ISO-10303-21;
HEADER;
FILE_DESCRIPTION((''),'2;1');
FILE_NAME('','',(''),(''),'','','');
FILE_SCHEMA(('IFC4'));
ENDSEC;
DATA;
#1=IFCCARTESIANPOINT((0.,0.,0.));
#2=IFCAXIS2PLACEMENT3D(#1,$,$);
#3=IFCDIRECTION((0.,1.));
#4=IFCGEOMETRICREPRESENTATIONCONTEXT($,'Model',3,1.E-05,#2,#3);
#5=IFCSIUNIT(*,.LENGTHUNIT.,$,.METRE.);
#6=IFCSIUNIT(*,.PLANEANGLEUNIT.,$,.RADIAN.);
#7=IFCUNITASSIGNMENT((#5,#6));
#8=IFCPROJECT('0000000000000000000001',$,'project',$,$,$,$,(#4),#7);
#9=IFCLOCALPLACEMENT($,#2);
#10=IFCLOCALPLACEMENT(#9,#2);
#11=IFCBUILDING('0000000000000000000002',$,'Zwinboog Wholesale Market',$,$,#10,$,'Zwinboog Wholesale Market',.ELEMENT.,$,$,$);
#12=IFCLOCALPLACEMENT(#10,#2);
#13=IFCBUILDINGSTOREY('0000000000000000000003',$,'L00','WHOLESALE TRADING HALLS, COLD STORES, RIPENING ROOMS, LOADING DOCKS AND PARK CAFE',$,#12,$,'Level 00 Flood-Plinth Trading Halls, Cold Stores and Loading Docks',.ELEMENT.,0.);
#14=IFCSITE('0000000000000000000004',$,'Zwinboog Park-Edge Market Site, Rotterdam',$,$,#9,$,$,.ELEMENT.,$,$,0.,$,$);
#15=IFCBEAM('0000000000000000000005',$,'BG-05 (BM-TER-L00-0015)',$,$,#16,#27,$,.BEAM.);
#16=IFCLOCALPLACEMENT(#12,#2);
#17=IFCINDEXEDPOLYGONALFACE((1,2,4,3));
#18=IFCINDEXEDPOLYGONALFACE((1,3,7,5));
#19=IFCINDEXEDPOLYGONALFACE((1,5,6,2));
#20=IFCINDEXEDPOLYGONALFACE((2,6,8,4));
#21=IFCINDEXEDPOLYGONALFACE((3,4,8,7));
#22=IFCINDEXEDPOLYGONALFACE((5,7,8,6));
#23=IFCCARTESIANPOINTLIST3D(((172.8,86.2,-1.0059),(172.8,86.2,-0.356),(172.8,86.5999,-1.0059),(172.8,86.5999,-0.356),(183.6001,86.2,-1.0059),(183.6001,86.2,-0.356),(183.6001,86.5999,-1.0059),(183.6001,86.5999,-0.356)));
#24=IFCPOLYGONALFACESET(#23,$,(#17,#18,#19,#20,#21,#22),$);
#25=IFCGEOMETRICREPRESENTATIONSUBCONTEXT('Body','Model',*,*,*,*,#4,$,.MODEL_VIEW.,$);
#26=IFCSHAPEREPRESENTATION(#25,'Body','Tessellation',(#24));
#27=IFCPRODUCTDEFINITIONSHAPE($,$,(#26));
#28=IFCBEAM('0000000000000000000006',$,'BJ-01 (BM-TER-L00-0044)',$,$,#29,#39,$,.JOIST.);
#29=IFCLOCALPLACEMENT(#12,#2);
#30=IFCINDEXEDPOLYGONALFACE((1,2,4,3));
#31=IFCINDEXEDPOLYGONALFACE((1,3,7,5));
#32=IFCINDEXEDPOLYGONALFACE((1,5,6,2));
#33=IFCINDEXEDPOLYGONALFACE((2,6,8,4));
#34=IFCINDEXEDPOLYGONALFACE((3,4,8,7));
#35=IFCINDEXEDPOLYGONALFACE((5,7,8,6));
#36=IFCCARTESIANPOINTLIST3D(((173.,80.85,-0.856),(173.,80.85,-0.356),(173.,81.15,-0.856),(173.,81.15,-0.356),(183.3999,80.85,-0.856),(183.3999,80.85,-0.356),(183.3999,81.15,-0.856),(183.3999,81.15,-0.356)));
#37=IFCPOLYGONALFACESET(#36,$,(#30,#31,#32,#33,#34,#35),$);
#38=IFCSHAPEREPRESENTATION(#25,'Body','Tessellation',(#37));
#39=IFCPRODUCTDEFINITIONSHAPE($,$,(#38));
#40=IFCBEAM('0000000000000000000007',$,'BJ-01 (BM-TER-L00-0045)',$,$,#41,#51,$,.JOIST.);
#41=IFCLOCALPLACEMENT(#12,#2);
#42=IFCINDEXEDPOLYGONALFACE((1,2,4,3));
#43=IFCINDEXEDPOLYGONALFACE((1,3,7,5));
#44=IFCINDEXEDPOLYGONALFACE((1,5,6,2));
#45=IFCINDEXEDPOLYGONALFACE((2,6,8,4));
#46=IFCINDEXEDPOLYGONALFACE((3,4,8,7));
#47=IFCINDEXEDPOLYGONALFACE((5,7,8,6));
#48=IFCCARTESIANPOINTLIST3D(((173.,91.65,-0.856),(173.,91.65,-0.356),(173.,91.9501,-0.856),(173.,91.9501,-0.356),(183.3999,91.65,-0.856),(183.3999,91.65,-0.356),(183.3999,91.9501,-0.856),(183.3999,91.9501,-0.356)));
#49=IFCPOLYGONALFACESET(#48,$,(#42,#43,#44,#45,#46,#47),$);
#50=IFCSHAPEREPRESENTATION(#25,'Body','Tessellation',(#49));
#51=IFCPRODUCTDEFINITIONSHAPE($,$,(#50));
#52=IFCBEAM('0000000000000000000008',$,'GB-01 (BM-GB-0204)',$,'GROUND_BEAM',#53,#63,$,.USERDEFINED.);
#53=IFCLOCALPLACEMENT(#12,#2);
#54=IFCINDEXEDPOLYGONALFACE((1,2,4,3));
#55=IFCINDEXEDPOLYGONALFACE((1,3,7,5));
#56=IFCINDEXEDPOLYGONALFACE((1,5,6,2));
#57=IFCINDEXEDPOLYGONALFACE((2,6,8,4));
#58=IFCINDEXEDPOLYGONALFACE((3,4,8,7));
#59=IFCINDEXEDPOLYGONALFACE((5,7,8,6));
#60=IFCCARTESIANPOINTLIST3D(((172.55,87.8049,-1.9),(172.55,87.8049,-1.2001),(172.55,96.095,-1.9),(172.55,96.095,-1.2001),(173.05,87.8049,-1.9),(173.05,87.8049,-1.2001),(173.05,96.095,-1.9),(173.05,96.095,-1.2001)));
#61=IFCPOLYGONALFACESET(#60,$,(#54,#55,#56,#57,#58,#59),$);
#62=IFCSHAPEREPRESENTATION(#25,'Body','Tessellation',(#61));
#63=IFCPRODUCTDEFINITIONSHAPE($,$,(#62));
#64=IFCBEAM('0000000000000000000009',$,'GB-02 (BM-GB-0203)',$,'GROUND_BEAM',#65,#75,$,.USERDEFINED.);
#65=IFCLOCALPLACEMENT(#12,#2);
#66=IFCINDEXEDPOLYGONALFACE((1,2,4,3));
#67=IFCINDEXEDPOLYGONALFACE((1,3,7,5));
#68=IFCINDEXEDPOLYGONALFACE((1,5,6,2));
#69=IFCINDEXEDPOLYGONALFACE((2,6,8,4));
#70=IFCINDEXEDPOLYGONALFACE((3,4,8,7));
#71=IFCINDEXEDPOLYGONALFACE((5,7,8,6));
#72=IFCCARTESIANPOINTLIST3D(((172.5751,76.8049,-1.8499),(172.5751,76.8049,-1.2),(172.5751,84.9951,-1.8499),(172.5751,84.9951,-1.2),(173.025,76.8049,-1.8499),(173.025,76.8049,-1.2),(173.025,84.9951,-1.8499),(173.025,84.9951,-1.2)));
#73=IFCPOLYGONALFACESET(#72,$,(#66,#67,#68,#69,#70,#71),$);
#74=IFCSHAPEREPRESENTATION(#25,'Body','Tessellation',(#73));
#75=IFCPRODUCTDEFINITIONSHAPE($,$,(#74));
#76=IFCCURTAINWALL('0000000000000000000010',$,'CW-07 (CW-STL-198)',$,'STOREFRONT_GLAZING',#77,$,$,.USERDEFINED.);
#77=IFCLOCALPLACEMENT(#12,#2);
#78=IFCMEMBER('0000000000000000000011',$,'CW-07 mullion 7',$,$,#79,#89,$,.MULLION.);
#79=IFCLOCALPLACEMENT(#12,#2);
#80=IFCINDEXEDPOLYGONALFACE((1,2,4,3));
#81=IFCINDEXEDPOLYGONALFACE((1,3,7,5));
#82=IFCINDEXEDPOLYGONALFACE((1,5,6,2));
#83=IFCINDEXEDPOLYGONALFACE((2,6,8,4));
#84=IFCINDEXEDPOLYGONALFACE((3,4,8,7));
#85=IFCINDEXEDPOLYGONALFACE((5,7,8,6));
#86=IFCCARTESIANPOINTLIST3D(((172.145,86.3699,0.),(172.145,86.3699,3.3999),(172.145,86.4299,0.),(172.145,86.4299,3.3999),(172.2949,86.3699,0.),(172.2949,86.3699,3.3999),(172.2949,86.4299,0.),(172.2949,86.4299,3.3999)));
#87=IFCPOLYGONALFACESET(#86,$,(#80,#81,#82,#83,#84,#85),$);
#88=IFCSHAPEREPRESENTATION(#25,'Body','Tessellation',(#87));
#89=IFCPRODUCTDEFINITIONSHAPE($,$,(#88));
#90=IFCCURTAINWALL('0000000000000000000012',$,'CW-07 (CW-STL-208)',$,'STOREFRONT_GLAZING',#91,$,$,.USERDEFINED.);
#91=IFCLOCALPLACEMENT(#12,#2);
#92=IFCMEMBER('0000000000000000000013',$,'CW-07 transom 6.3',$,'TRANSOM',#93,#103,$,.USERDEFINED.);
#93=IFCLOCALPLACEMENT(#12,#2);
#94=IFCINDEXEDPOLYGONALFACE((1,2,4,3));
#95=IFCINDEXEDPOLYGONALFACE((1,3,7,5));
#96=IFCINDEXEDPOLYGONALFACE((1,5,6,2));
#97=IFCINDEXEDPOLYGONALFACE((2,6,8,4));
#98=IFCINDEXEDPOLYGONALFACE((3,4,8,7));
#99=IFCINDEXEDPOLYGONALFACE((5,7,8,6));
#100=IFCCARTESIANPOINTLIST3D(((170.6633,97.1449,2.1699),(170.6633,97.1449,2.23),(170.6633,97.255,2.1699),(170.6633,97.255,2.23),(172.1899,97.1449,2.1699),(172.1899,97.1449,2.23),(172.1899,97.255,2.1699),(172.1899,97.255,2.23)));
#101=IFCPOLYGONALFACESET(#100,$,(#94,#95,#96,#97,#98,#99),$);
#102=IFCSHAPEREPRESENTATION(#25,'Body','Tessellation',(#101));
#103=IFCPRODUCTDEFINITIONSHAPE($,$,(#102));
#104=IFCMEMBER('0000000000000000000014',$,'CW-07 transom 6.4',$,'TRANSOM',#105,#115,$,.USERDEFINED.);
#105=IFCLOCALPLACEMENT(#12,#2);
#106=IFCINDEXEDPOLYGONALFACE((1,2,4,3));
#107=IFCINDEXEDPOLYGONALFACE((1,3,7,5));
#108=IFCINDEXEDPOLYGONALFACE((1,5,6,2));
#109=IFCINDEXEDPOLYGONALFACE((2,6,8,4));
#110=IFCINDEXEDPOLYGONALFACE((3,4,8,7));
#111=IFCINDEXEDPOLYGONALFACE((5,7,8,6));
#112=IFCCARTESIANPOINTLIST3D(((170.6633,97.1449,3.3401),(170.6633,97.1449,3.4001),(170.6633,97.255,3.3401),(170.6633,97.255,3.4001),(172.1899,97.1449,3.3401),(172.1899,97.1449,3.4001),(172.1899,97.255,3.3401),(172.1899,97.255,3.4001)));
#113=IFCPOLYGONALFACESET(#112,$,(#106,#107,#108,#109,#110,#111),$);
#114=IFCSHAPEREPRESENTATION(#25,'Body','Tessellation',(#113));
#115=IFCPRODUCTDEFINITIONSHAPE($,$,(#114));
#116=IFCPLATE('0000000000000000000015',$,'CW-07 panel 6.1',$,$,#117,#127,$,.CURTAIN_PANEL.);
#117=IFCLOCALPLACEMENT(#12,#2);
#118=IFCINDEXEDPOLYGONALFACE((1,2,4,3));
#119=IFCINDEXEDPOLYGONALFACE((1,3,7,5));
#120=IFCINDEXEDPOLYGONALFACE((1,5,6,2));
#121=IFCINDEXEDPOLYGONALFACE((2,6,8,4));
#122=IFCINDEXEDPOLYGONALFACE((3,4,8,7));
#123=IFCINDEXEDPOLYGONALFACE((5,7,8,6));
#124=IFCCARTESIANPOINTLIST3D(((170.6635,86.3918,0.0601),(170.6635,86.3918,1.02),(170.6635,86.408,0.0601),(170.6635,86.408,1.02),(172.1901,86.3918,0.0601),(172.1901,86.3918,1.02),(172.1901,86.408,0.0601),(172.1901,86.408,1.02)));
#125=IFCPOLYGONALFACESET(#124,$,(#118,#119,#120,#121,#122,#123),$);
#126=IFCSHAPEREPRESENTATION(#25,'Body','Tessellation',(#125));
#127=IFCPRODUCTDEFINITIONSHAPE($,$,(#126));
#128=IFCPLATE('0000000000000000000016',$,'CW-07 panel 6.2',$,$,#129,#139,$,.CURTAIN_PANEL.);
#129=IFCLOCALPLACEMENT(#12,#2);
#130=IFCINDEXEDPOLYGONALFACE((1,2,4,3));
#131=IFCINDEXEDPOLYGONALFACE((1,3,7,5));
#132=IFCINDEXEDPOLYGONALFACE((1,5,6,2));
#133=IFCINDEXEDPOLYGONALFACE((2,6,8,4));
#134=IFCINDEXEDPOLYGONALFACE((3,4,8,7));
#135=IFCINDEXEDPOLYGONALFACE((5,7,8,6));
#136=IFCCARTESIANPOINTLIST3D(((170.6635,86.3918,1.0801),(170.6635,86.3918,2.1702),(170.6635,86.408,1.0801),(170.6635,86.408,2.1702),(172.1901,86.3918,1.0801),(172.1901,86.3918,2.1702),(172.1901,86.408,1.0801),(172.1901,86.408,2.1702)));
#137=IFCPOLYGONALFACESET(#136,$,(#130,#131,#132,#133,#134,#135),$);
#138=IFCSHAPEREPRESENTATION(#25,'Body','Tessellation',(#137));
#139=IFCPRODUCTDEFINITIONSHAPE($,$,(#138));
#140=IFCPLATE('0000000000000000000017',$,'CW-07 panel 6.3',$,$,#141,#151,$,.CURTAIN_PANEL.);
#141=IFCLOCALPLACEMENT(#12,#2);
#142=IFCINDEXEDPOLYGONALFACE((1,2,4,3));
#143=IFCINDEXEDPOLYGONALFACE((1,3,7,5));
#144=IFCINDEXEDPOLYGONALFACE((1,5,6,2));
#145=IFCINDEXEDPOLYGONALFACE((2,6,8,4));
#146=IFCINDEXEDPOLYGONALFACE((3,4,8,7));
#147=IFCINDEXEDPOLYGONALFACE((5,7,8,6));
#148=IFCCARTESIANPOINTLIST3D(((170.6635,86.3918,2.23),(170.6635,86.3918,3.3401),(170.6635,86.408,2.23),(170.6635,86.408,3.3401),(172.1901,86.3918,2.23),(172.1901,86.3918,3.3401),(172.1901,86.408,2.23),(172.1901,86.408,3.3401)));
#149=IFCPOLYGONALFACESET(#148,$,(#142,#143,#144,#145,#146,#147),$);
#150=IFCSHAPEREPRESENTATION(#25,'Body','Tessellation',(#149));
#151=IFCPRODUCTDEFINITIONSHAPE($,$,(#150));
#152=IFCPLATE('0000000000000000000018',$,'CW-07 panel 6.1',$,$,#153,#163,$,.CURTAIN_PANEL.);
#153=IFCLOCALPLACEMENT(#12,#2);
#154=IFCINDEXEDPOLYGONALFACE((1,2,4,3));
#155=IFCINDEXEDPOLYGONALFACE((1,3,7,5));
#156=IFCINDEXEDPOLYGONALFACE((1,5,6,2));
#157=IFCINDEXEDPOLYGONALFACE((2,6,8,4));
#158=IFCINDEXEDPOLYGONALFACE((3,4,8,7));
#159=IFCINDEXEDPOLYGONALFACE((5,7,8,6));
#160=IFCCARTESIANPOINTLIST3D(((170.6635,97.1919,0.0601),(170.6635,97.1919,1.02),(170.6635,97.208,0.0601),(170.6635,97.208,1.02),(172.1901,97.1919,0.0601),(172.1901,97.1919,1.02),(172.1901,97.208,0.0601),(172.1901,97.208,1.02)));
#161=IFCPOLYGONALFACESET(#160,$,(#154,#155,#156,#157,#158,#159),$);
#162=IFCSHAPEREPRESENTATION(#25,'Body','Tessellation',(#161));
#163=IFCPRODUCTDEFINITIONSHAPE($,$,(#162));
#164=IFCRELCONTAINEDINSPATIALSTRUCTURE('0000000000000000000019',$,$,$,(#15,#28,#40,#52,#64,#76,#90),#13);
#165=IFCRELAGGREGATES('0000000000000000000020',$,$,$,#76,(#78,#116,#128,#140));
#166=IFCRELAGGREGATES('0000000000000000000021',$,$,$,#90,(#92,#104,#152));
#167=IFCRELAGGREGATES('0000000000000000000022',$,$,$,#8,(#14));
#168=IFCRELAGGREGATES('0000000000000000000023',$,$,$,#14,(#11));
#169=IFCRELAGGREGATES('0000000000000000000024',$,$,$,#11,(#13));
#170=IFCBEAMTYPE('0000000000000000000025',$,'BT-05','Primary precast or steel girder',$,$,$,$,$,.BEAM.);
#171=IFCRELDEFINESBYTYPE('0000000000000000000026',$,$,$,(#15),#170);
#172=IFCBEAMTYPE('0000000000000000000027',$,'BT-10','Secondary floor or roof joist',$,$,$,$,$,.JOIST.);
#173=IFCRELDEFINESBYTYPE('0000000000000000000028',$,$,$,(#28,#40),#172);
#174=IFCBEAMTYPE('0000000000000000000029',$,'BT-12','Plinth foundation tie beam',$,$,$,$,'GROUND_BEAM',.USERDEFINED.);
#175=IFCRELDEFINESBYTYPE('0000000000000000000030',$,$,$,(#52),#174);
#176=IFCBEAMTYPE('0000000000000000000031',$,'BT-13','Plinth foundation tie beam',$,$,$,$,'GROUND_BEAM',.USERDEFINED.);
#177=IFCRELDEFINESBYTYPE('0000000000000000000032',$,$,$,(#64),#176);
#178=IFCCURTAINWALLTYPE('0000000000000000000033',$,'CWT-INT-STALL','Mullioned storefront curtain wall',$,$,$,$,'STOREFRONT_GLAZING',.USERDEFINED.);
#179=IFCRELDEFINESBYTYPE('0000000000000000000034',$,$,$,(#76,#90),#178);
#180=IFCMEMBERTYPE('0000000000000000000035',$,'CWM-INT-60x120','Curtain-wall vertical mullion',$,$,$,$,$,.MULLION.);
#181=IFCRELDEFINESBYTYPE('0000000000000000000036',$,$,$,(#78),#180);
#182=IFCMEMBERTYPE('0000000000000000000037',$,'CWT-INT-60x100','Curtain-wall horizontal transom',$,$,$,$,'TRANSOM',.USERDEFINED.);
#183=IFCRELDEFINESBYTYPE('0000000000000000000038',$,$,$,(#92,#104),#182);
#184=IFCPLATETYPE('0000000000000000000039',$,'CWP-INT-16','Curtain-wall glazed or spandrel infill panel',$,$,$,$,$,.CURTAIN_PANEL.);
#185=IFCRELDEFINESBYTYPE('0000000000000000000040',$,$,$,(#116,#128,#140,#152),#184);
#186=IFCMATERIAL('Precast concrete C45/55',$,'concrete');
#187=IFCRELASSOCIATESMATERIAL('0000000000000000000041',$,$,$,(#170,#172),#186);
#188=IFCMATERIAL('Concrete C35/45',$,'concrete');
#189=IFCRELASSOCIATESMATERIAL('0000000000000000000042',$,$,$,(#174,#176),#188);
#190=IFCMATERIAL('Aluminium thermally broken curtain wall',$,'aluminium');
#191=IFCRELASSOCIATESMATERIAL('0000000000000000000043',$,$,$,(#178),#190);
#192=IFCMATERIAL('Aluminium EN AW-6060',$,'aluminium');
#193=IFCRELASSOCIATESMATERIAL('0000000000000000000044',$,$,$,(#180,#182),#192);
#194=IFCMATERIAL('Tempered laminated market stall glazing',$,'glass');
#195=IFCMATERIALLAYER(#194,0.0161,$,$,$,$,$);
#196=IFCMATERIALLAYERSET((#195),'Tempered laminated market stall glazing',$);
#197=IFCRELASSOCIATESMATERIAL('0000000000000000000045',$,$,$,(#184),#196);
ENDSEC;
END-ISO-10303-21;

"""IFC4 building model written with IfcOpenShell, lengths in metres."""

from ifc_helpers import new_model, si_unit, direction, frame, origin, origin_2d, place, context, subcontext, project, spatial, rectangle, extrude, material, layer, layer_set, material_profile, profile_set, type_object, element, aggregate, save


model = new_model("IFC4")

# Units and contexts
model_context = context("Model", 3, precision=1e-05, world=origin(), true_north=direction((0.0, 1.0)))
body_context = subcontext(model_context, "Body", "Model", "MODEL_VIEW")
ifc_project = project(units=[si_unit("LENGTHUNIT", "METRE"), si_unit("PLANEANGLEUNIT", "RADIAN")], contexts=[model_context])

# Site, building, storey
site_placement = place(None, origin())
site = spatial("IfcSite", under=ifc_project, at=site_placement, Name="Zwinboog Park-Edge Market Site, Rotterdam", CompositionType="ELEMENT", RefElevation=0.0)
building_placement = place(site_placement, origin())
building = spatial("IfcBuilding", under=site, at=building_placement, Name="Zwinboog Wholesale Market", LongName="Zwinboog Wholesale Market", CompositionType="ELEMENT")
storey_placement = place(building_placement, origin())
storey = spatial("IfcBuildingStorey", under=building, at=storey_placement, Name="L00", Description="WHOLESALE TRADING HALLS, COLD STORES, RIPENING ROOMS, LOADING DOCKS AND PARK CAFE", LongName="Level 00 Flood-Plinth Trading Halls, Cold Stores and Loading Docks", CompositionType="ELEMENT", Elevation=0.0)

# Shared definitions
ifc_material_1 = material(Name="Concrete C35/45", Category="concrete")

# Shared definitions
ifc_material_2 = material(Name="Precast concrete C45/55", Category="concrete")

# Beams
ifc_material_profile_1 = material_profile(ifc_material_2, rectangle(XDim=0.3999, YDim=0.6499, at=origin_2d()), Name="PC 400x650")
ifc_profile_set_1 = profile_set([ifc_material_profile_1], Name="Precast concrete C45/55")
beam_type_1 = type_object("IfcBeamType", Name="BT-05", Description="Primary precast or steel girder", PredefinedType="BEAM", material=ifc_profile_set_1)
for number, where, z_axis, x_axis, name in (
    (1, (172.8, 86.3999, -0.6809), (1.0, 0.0, 0.0), (0.0, 1.0, 0.0), "BG-05 (BM-TER-L00-0015)"),
):
    element("IfcBeam", number, at=place(storey_placement, frame(where, z_axis=z_axis, x_axis=x_axis)), inside=storey, type_object=beam_type_1, Name=name, PredefinedType="BEAM", context=body_context, shape_type="SweptSolid", body=[
        extrude(rectangle(XDim=0.3999, YDim=0.6499, at=origin_2d()), origin(), (0.0, 0.0, 1.0), 10.8),
    ])
ifc_material_profile_2 = material_profile(ifc_material_2, rectangle(XDim=0.3, YDim=0.5, at=origin_2d()), Name="PC 300x500")
ifc_profile_set_2 = profile_set([ifc_material_profile_2], Name="Precast concrete C45/55")
beam_type_2 = type_object("IfcBeamType", Name="BT-10", Description="Secondary floor or roof joist", PredefinedType="JOIST", material=ifc_profile_set_2)
for number, where, z_axis, x_axis, name in (
    (2, (173.0, 81.0, -0.606), (1.0, 0.0, 0.0), (0.0, 1.0, 0.0), "BJ-01 (BM-TER-L00-0044)"),
    (3, (173.0, 91.8, -0.606), (1.0, 0.0, 0.0), (0.0, 1.0, 0.0), "BJ-01 (BM-TER-L00-0045)"),
):
    element("IfcBeam", number, at=place(storey_placement, frame(where, z_axis=z_axis, x_axis=x_axis)), inside=storey, type_object=beam_type_2, Name=name, PredefinedType="JOIST", context=body_context, shape_type="SweptSolid", body=[
        extrude(rectangle(XDim=0.3, YDim=0.5, at=origin_2d()), origin(), (0.0, 0.0, 1.0), 10.3999),
    ])
ifc_material_profile_3 = material_profile(ifc_material_1, rectangle(XDim=0.5, YDim=0.7, at=origin_2d()), Name="RC 500x700")
ifc_profile_set_3 = profile_set([ifc_material_profile_3], Name="Concrete C35/45")
beam_type_3 = type_object("IfcBeamType", Name="BT-12", Description="Plinth foundation tie beam", ElementType="GROUND_BEAM", PredefinedType="USERDEFINED", material=ifc_profile_set_3)
beam_1_placement = place(storey_placement, frame((172.8, 87.8049, -1.55), z_axis=(0.0, 1.0, 0.0), x_axis=(-1.0, 0.0, 0.0)))
element("IfcBeam", 4, at=beam_1_placement, inside=storey, type_object=beam_type_3, Name="GB-01 (BM-GB-0204)", ObjectType="GROUND_BEAM", PredefinedType="USERDEFINED", context=body_context, shape_type="SweptSolid", body=[
    extrude(rectangle(XDim=0.5, YDim=0.7, at=origin_2d()), origin(), (0.0, 0.0, 1.0), 8.29),
])
ifc_material_profile_4 = material_profile(ifc_material_1, rectangle(XDim=0.45, YDim=0.6499, at=origin_2d()), Name="RC 450x650")
ifc_profile_set_4 = profile_set([ifc_material_profile_4], Name="Concrete C35/45")
beam_type_4 = type_object("IfcBeamType", Name="BT-13", Description="Plinth foundation tie beam", ElementType="GROUND_BEAM", PredefinedType="USERDEFINED", material=ifc_profile_set_4)
beam_2_placement = place(storey_placement, frame((172.8, 76.8049, -1.5249), z_axis=(0.0, 1.0, 0.0), x_axis=(-1.0, 0.0, 0.0)))
element("IfcBeam", 5, at=beam_2_placement, inside=storey, type_object=beam_type_4, Name="GB-02 (BM-GB-0203)", ObjectType="GROUND_BEAM", PredefinedType="USERDEFINED", context=body_context, shape_type="SweptSolid", body=[
    extrude(rectangle(XDim=0.45, YDim=0.6499, at=origin_2d()), origin(), (0.0, 0.0, 1.0), 8.1902),
])

# Curtain wall, member
ifc_material_3 = material(Name="Aluminium thermally broken curtain wall", Category="aluminium")
curtain_wall_type = type_object("IfcCurtainWallType", Name="CWT-INT-STALL", Description="Mullioned storefront curtain wall", ElementType="STOREFRONT_GLAZING", PredefinedType="USERDEFINED", material=ifc_material_3)
curtain_wall_1_placement = place(storey_placement, origin())
curtain_wall_1 = element("IfcCurtainWall", 6, at=curtain_wall_1_placement, inside=storey, type_object=curtain_wall_type, Name="CW-07 (CW-STL-198)", ObjectType="STOREFRONT_GLAZING", PredefinedType="USERDEFINED")
ifc_material_4 = material(Name="Aluminium EN AW-6060", Category="aluminium")
ifc_material_profile_5 = material_profile(ifc_material_4, rectangle(XDim=0.0601, YDim=0.1499, at=origin_2d()), Name="AL 60x150")
ifc_profile_set_5 = profile_set([ifc_material_profile_5], Name="Aluminium EN AW-6060")
member_type_1 = type_object("IfcMemberType", Name="CWM-INT-60x120", Description="Curtain-wall vertical mullion", PredefinedType="MULLION", material=ifc_profile_set_5)
member_1_placement = place(storey_placement, frame((172.22, 86.3999, 0.0), z_axis=(0.0, 0.0, 1.0), x_axis=(0.0, 1.0, 0.0)))
member_1 = element("IfcMember", 7, at=member_1_placement, type_object=member_type_1, Name="CW-07 mullion 7", PredefinedType="MULLION", context=body_context, shape_type="SweptSolid", body=[
    extrude(rectangle(XDim=0.0601, YDim=0.1499, at=origin_2d()), origin(), (0.0, 0.0, 1.0), 3.3999),
])

# Curtain wall, members
curtain_wall_2_placement = place(storey_placement, origin())
curtain_wall_2 = element("IfcCurtainWall", 8, at=curtain_wall_2_placement, inside=storey, type_object=curtain_wall_type, Name="CW-07 (CW-STL-208)", ObjectType="STOREFRONT_GLAZING", PredefinedType="USERDEFINED")
ifc_material_profile_6 = material_profile(ifc_material_4, rectangle(XDim=0.1101, YDim=0.0601, at=origin_2d()), Name="AL 60x110")
ifc_profile_set_6 = profile_set([ifc_material_profile_6], Name="Aluminium EN AW-6060")
member_type_2 = type_object("IfcMemberType", Name="CWT-INT-60x100", Description="Curtain-wall horizontal transom", ElementType="TRANSOM", PredefinedType="USERDEFINED", material=ifc_profile_set_6)
member_2_placement = place(storey_placement, frame((170.6633, 97.2, 2.2), z_axis=(1.0, 0.0, 0.0), x_axis=(0.0, 1.0, 0.0)))
member_2 = element("IfcMember", 9, at=member_2_placement, type_object=member_type_2, Name="CW-07 transom 6.3", ObjectType="TRANSOM", PredefinedType="USERDEFINED", context=body_context, shape_type="SweptSolid", body=[
    extrude(rectangle(XDim=0.1101, YDim=0.0601, at=origin_2d()), origin(), (0.0, 0.0, 1.0), 1.5266),
])
member_3_placement = place(storey_placement, frame((170.6633, 97.2, 3.3701), z_axis=(1.0, 0.0, 0.0), x_axis=(0.0, 1.0, 0.0)))
member_3 = element("IfcMember", 10, at=member_3_placement, type_object=member_type_2, Name="CW-07 transom 6.4", ObjectType="TRANSOM", PredefinedType="USERDEFINED", context=body_context, shape_type="SweptSolid", body=[
    extrude(rectangle(XDim=0.1101, YDim=0.0601, at=origin_2d()), origin(), (0.0, 0.0, 1.0), 1.5266),
])

# Plates
ifc_material_5 = material(Name="Tempered laminated market stall glazing", Category="glass")
ifc_layer_1 = layer(ifc_material_5, 0.0161)
ifc_layer_set_1 = layer_set([ifc_layer_1], Name="Tempered laminated market stall glazing")
plate_type = type_object("IfcPlateType", Name="CWP-INT-16", Description="Curtain-wall glazed or spandrel infill panel", PredefinedType="CURTAIN_PANEL", material=ifc_layer_set_1)
plate_1_placement = place(storey_placement, frame((171.4268, 86.3999, 0.0601), z_axis=(0.0, 0.0, 1.0), x_axis=(1.0, 0.0, 0.0)))
plate_1 = element("IfcPlate", 11, at=plate_1_placement, type_object=plate_type, Name="CW-07 panel 6.1", PredefinedType="CURTAIN_PANEL", context=body_context, shape_type="SweptSolid", body=[
    extrude(rectangle(XDim=1.5266, YDim=0.0161, at=origin_2d()), origin(), (0.0, 0.0, 1.0), 0.96),
])
plate_2_placement = place(storey_placement, frame((171.4268, 86.3999, 1.0801), z_axis=(0.0, 0.0, 1.0), x_axis=(1.0, 0.0, 0.0)))
plate_2 = element("IfcPlate", 12, at=plate_2_placement, type_object=plate_type, Name="CW-07 panel 6.2", PredefinedType="CURTAIN_PANEL", context=body_context, shape_type="SweptSolid", body=[
    extrude(rectangle(XDim=1.5266, YDim=0.0161, at=origin_2d()), origin(), (0.0, 0.0, 1.0), 1.0901),
])
plate_3_placement = place(storey_placement, frame((171.4268, 86.3999, 2.23), z_axis=(0.0, 0.0, 1.0), x_axis=(1.0, 0.0, 0.0)))
plate_3 = element("IfcPlate", 13, at=plate_3_placement, type_object=plate_type, Name="CW-07 panel 6.3", PredefinedType="CURTAIN_PANEL", context=body_context, shape_type="SweptSolid", body=[
    extrude(rectangle(XDim=1.5266, YDim=0.0161, at=origin_2d()), origin(), (0.0, 0.0, 1.0), 1.1101),
])
aggregate(curtain_wall_1, [member_1, plate_1, plate_2, plate_3])
plate_4_placement = place(storey_placement, frame((171.4268, 97.2, 0.0601), z_axis=(0.0, 0.0, 1.0), x_axis=(1.0, 0.0, 0.0)))
plate_4 = element("IfcPlate", 14, at=plate_4_placement, type_object=plate_type, Name="CW-07 panel 6.1", PredefinedType="CURTAIN_PANEL", context=body_context, shape_type="SweptSolid", body=[
    extrude(rectangle(XDim=1.5266, YDim=0.0161, at=origin_2d()), origin(), (0.0, 0.0, 1.0), 0.96),
])
aggregate(curtain_wall_2, [member_2, member_3, plate_4])

save(model, "model.ifc")
